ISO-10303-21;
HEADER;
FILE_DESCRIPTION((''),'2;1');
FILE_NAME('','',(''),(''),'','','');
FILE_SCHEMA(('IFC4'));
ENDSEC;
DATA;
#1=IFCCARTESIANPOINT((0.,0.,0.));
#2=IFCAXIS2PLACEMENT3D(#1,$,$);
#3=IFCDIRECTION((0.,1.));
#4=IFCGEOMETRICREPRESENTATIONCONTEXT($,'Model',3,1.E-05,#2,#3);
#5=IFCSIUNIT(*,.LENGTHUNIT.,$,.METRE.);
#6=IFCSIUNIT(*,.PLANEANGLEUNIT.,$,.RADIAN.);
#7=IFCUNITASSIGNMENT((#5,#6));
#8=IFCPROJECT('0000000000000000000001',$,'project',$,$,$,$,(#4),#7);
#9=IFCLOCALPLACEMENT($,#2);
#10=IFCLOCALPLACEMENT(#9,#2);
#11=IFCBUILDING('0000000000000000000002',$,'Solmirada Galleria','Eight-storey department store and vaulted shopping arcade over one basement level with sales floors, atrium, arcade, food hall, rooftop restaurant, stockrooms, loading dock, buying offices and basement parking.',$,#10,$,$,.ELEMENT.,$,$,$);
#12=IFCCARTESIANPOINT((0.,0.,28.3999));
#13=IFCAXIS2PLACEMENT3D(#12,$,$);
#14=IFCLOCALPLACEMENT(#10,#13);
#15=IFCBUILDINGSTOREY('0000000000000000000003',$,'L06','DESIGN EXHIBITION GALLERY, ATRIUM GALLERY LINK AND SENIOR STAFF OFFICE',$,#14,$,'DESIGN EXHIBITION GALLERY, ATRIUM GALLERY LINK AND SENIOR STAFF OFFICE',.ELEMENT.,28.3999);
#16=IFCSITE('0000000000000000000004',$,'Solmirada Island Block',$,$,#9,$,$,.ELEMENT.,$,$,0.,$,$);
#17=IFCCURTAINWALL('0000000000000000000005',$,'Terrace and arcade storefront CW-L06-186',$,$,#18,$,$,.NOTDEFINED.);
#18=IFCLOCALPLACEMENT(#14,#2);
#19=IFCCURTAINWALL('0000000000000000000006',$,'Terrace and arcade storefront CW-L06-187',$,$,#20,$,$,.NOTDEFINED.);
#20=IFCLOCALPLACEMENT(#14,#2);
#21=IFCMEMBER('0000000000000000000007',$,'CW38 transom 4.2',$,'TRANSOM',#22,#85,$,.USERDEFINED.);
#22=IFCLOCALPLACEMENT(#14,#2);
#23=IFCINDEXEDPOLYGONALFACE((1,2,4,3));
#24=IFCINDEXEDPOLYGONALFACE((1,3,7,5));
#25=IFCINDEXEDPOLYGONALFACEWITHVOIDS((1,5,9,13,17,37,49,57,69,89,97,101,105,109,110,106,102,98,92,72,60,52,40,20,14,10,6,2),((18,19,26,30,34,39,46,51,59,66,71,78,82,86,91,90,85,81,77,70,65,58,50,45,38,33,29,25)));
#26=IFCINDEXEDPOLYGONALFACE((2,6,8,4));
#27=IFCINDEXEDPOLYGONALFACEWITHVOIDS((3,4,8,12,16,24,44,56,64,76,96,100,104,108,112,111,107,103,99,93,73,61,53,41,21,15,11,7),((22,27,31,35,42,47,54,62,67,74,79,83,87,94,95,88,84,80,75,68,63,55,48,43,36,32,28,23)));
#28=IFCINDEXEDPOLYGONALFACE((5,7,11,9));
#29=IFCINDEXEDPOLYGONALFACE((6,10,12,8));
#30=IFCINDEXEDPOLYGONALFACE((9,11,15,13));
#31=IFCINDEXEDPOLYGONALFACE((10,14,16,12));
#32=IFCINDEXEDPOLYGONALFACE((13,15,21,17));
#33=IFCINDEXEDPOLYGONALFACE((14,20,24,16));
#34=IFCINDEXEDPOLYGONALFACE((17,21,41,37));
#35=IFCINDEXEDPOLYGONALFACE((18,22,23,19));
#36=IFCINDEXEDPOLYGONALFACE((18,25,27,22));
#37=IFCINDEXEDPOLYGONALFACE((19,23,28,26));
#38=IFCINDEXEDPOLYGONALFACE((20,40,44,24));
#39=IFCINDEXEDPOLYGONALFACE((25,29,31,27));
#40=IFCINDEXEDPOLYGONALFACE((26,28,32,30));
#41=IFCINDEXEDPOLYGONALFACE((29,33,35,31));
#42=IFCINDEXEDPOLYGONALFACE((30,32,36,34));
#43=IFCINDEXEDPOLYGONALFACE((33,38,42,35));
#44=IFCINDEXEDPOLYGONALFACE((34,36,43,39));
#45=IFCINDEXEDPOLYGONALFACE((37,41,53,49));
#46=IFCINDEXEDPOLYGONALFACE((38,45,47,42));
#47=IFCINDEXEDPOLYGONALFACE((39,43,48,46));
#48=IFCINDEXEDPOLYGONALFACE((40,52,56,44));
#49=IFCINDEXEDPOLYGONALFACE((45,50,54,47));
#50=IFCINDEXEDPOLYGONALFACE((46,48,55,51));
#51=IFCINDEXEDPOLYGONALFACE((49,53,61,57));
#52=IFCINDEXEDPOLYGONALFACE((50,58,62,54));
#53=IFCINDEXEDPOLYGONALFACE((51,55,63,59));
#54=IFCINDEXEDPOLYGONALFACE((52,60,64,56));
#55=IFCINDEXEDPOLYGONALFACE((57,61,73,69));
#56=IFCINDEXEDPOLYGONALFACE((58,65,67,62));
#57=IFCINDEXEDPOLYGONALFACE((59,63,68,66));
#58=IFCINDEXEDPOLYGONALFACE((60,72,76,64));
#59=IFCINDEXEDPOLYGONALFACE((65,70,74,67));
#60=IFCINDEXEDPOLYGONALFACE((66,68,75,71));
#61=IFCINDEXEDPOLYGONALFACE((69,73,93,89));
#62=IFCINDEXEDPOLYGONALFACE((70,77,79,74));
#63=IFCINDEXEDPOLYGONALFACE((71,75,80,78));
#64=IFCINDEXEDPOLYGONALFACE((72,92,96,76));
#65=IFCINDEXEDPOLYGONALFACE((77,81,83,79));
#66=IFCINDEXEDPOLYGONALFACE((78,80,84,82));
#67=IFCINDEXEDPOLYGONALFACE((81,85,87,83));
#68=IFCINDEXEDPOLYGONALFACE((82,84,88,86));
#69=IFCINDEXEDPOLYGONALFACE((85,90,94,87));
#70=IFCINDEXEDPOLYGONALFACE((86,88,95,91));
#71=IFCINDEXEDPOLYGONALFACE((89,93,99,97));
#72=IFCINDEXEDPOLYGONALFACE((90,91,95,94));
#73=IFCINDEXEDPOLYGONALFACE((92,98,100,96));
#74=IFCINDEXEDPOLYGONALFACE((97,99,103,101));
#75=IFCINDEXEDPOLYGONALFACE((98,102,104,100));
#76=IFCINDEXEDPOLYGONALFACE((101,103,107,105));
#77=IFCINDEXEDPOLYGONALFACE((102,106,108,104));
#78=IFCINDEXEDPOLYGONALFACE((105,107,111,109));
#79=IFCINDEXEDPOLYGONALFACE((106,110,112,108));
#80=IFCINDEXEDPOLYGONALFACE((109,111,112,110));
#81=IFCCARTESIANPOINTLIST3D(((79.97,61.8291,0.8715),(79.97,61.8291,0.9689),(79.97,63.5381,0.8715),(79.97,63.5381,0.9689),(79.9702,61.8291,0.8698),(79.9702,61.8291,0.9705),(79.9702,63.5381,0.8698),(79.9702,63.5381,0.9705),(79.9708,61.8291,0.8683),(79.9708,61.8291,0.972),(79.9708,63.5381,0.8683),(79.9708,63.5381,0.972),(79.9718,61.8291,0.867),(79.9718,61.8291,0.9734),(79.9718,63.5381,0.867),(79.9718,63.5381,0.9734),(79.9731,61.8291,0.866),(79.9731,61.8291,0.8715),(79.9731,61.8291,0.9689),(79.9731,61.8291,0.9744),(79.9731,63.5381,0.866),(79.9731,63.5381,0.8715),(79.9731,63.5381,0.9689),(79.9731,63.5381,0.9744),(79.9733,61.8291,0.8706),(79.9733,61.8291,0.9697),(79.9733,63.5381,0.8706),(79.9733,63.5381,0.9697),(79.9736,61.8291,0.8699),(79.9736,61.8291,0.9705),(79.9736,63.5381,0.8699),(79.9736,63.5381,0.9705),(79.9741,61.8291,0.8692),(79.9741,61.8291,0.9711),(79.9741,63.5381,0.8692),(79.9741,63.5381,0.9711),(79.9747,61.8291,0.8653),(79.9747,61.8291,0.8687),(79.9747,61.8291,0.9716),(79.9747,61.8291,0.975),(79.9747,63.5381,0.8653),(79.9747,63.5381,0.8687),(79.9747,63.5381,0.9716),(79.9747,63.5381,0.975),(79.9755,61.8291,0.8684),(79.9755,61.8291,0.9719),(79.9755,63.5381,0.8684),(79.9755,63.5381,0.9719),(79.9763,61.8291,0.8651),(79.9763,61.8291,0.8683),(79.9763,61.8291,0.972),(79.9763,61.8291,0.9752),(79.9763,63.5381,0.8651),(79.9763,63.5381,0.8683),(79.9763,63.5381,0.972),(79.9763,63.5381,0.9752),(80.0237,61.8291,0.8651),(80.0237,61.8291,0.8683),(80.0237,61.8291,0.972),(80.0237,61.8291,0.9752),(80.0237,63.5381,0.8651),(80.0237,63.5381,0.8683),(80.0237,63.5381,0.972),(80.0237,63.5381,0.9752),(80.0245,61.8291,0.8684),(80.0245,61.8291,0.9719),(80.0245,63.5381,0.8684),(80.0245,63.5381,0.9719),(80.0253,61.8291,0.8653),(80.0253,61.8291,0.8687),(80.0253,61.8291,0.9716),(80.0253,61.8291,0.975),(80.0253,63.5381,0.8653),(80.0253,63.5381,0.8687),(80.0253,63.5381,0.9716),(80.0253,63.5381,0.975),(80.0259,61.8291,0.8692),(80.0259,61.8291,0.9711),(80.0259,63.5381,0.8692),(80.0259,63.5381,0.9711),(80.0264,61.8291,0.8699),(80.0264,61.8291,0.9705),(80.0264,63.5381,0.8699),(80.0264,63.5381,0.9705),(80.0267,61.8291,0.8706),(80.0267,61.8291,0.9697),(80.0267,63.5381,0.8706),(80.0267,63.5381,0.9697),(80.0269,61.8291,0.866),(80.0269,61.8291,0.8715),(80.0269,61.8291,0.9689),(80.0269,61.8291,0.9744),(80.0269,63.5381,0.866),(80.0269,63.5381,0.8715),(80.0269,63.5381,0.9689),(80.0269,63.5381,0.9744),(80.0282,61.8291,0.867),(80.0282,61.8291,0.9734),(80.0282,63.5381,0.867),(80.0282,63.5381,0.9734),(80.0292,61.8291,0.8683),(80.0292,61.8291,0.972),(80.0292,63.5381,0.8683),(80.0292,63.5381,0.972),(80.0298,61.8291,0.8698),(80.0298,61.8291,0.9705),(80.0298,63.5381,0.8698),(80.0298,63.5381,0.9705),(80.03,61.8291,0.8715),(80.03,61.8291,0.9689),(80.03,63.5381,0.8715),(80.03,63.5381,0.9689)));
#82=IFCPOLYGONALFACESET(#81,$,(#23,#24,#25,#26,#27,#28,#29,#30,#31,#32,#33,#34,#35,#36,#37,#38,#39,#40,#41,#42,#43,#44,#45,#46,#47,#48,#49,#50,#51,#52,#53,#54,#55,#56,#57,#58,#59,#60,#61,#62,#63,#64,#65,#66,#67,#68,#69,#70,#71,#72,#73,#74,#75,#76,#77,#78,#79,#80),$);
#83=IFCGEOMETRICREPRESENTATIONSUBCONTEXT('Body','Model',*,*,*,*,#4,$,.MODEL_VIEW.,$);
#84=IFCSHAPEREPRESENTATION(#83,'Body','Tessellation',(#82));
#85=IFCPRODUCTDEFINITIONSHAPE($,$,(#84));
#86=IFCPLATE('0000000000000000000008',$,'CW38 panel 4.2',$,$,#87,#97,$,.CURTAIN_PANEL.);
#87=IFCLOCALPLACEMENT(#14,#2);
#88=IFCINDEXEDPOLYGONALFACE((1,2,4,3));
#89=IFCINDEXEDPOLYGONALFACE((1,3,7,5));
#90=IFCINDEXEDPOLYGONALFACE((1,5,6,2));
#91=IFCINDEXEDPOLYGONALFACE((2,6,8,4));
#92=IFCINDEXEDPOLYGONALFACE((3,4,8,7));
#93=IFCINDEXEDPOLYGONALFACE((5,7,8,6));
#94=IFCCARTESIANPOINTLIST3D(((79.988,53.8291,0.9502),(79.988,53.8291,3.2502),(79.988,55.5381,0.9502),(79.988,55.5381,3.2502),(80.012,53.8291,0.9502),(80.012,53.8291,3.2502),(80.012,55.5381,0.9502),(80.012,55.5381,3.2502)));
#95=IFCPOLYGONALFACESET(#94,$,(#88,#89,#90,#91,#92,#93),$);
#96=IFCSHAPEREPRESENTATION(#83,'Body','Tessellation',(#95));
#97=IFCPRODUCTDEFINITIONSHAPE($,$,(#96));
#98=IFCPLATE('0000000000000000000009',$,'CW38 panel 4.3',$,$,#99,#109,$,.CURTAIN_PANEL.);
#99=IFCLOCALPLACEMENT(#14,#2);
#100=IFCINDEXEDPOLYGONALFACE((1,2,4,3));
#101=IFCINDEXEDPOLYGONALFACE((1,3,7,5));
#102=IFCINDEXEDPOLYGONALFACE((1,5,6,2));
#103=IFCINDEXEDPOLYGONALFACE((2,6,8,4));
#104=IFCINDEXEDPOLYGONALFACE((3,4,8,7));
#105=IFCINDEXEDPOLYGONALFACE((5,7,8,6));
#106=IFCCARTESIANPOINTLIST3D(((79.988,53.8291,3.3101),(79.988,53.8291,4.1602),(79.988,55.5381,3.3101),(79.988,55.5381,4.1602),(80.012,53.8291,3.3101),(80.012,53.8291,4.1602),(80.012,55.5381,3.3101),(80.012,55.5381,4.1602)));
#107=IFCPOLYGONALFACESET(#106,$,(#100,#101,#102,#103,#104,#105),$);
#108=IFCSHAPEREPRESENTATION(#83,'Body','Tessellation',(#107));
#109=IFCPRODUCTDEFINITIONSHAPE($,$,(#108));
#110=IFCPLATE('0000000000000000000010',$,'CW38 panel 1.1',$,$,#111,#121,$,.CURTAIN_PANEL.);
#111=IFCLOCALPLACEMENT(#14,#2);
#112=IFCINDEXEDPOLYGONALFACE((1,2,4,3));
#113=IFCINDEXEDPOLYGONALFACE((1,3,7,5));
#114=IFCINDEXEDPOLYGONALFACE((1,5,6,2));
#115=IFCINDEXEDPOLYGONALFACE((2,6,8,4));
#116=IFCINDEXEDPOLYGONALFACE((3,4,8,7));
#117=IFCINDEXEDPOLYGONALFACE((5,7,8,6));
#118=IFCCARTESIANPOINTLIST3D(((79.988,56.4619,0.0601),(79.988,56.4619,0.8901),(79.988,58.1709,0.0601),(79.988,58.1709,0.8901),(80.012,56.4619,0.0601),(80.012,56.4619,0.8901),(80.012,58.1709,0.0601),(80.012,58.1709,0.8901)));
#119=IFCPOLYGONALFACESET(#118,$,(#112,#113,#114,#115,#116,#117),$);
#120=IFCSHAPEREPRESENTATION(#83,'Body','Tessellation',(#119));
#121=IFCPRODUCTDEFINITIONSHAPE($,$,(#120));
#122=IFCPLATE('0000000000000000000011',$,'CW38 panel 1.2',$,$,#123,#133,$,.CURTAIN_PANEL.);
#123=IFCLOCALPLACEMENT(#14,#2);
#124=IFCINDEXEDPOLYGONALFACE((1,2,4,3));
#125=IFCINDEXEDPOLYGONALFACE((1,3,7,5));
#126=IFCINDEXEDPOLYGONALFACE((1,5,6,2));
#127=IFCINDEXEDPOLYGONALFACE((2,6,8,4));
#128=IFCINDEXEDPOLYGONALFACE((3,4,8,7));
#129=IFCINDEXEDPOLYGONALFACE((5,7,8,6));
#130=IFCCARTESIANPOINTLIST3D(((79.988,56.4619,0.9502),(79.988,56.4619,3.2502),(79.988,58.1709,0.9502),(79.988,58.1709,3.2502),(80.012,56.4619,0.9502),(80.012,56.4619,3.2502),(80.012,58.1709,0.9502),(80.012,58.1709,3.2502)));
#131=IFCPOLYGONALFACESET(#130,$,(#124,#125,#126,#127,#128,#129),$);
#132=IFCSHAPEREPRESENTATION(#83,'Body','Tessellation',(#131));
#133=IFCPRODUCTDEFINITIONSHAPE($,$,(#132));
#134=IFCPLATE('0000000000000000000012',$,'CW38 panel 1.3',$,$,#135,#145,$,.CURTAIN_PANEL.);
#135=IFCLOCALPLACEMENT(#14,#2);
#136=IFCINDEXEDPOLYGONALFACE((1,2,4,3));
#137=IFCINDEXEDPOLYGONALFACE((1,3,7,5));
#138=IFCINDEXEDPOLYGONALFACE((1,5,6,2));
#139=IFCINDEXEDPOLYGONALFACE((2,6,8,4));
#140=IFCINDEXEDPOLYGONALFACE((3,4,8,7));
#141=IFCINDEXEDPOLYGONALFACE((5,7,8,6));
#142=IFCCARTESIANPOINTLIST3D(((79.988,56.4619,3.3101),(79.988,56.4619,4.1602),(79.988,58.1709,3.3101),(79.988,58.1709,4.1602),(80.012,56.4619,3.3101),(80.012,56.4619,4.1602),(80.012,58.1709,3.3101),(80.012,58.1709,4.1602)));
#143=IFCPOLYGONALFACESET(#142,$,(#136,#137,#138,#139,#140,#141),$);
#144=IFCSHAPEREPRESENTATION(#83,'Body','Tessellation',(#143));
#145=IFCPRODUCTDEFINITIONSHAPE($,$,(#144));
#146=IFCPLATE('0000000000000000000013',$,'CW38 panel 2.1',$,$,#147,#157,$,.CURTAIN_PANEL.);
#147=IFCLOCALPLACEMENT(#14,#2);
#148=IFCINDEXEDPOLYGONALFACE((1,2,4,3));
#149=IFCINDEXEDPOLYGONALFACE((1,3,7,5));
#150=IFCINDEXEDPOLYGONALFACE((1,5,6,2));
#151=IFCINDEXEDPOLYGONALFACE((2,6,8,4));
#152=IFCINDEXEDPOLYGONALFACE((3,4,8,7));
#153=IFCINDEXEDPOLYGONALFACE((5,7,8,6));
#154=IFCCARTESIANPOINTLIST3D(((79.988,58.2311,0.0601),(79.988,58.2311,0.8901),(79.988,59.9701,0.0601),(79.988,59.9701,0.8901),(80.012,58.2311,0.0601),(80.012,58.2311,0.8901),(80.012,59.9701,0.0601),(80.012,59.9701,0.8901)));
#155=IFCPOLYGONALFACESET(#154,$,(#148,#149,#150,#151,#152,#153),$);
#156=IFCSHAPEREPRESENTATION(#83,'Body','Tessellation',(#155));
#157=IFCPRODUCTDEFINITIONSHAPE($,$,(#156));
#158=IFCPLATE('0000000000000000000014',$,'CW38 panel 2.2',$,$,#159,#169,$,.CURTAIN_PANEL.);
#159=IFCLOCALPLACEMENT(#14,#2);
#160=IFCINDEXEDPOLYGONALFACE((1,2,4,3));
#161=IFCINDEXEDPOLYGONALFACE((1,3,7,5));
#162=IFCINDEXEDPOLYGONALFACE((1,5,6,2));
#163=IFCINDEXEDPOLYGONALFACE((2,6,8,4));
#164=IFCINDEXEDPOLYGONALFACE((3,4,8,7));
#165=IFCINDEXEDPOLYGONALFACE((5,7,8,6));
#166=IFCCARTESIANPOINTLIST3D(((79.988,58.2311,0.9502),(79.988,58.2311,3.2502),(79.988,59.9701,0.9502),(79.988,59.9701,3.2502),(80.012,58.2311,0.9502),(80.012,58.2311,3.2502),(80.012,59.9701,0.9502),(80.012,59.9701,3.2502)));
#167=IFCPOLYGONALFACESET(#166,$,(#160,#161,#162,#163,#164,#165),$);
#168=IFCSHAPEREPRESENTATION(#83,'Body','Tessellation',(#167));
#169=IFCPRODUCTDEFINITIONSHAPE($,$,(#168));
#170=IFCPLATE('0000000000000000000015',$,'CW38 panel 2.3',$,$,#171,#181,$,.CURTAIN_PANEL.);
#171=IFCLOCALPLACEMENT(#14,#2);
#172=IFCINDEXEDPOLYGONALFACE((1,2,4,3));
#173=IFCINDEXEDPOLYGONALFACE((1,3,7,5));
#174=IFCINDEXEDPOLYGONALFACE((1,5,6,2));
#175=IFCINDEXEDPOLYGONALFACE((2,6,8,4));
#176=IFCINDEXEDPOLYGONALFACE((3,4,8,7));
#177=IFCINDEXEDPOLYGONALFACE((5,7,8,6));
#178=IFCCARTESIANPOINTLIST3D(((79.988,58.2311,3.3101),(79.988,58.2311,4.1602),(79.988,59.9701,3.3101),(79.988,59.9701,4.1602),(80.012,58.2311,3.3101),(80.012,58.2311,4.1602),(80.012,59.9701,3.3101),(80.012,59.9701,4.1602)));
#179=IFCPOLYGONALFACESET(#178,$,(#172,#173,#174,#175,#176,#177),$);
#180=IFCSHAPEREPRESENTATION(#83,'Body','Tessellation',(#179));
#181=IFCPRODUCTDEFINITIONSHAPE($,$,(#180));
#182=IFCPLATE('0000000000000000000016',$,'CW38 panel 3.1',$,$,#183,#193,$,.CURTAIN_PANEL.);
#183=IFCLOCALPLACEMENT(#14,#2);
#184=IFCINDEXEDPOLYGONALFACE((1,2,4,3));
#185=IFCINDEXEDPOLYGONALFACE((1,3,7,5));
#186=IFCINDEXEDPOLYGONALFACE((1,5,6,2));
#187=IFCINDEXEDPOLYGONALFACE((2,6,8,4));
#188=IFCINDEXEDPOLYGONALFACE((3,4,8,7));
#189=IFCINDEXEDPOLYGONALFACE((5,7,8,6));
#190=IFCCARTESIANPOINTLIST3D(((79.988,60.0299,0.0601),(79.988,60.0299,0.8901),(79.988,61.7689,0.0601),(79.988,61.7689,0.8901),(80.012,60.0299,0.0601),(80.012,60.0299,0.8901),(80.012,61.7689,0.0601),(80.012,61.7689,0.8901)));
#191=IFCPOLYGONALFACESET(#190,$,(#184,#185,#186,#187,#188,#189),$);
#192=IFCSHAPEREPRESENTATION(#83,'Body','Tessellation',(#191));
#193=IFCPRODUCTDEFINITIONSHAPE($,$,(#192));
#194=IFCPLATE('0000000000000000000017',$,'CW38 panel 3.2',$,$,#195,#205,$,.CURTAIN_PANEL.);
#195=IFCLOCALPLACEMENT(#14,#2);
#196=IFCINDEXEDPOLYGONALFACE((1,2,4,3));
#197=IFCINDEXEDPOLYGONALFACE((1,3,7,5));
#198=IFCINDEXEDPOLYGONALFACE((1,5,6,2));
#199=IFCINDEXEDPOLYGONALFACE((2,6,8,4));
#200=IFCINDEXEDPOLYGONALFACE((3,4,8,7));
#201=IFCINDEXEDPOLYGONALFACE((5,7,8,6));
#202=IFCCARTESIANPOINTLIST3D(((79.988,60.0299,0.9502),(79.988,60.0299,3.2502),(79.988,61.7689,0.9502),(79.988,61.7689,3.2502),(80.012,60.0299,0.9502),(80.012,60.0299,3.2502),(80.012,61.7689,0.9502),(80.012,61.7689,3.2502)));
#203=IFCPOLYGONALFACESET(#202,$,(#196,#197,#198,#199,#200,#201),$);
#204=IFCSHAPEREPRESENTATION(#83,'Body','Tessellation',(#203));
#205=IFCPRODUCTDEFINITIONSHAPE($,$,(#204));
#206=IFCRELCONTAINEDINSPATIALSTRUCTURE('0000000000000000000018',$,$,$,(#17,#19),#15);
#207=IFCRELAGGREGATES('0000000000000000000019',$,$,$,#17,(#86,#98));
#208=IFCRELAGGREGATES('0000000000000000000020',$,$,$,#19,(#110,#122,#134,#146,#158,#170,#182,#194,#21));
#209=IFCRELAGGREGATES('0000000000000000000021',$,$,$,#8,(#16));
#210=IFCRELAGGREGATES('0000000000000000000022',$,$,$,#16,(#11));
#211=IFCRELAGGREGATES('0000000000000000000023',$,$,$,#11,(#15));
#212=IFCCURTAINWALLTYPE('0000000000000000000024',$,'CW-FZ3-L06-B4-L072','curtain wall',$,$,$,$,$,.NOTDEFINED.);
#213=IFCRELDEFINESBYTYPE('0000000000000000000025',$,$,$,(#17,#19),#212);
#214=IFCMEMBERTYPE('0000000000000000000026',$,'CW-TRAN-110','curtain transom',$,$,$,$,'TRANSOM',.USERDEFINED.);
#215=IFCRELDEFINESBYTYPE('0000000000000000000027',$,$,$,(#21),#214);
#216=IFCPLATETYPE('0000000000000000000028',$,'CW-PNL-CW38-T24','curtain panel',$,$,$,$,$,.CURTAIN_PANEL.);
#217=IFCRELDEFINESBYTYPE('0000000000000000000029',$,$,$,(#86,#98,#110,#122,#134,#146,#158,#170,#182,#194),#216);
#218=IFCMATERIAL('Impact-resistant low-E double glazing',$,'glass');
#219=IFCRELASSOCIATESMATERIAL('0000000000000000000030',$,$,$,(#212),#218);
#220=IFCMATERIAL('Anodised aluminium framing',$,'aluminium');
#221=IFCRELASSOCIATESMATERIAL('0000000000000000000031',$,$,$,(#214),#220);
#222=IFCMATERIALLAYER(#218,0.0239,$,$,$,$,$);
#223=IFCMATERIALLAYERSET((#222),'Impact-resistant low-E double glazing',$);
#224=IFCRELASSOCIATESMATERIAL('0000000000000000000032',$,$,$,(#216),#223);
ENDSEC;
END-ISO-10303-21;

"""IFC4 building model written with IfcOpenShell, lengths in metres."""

from ifc_helpers import new_model, si_unit, direction, frame, origin, origin_2d, place, context, subcontext, project, spatial, rectangle, hollow_rectangle, extrude, material, layer, layer_set, material_profile, profile_set, type_object, element, aggregate, save


model = new_model("IFC4")

# Units and contexts
model_context = context("Model", 3, precision=1e-05, world=origin(), true_north=direction((0.0, 1.0)))
body_context = subcontext(model_context, "Body", "Model", "MODEL_VIEW")
ifc_project = project(units=[si_unit("LENGTHUNIT", "METRE"), si_unit("PLANEANGLEUNIT", "RADIAN")], contexts=[model_context])

# Site, building, storey
site_placement = place(None, origin())
site = spatial("IfcSite", under=ifc_project, at=site_placement, Name="Solmirada Island Block", CompositionType="ELEMENT", RefElevation=0.0)
building_placement = place(site_placement, origin())
building = spatial("IfcBuilding", under=site, at=building_placement, Name="Solmirada Galleria", Description="Eight-storey department store and vaulted shopping arcade over one basement level with sales floors, atrium, arcade, food hall, rooftop restaurant, stockrooms, loading dock, buying offices and basement parking.", CompositionType="ELEMENT")
storey_placement = place(building_placement, frame((0.0, 0.0, 28.3999)))
storey = spatial("IfcBuildingStorey", under=building, at=storey_placement, Name="L06", Description="DESIGN EXHIBITION GALLERY, ATRIUM GALLERY LINK AND SENIOR STAFF OFFICE", LongName="DESIGN EXHIBITION GALLERY, ATRIUM GALLERY LINK AND SENIOR STAFF OFFICE", CompositionType="ELEMENT", Elevation=28.3999)

# Curtain wall
ifc_material_1 = material(Name="Impact-resistant low-E double glazing", Category="glass")
curtain_wall_type = type_object("IfcCurtainWallType", Name="CW-FZ3-L06-B4-L072", Description="curtain wall", PredefinedType="NOTDEFINED", material=ifc_material_1)
curtain_wall_1_placement = place(storey_placement, origin())
curtain_wall_1 = element("IfcCurtainWall", 1, at=curtain_wall_1_placement, inside=storey, type_object=curtain_wall_type, Name="Terrace and arcade storefront CW-L06-186", PredefinedType="NOTDEFINED")
ifc_material_2 = material(Name="Anodised aluminium framing", Category="aluminium")

# Curtain wall, member
curtain_wall_2_placement = place(storey_placement, origin())
curtain_wall_2 = element("IfcCurtainWall", 2, at=curtain_wall_2_placement, inside=storey, type_object=curtain_wall_type, Name="Terrace and arcade storefront CW-L06-187", PredefinedType="NOTDEFINED")
ifc_material_profile_1 = material_profile(ifc_material_2, hollow_rectangle(XDim=0.0601, YDim=0.1101, WallThickness=0.0032, InnerFilletRadius=0.0032, OuterFilletRadius=0.0063, at=origin_2d()), Name="ALU-TRAN-110X60")
ifc_profile_set_1 = profile_set([ifc_material_profile_1], Name="Anodised aluminium framing")
member_type_1 = type_object("IfcMemberType", Name="CW-TRAN-110", Description="curtain transom", ElementType="TRANSOM", PredefinedType="USERDEFINED", material=ifc_profile_set_1)
member_1_placement = place(storey_placement, frame((80.0, 61.8291, 0.9202), z_axis=(0.0, 1.0, 0.0), x_axis=(-1.0, 0.0, 0.0)))
member_1 = element("IfcMember", 3, at=member_1_placement, type_object=member_type_1, Name="CW38 transom 4.2", ObjectType="TRANSOM", PredefinedType="USERDEFINED", context=body_context, shape_type="SweptSolid", body=[
    extrude(hollow_rectangle(XDim=0.0601, YDim=0.1101, WallThickness=0.0032, InnerFilletRadius=0.0032, OuterFilletRadius=0.0063, at=origin_2d()), origin(), (0.0, 0.0, 1.0), 1.709),
])

# Plates
ifc_layer = layer(ifc_material_1, 0.0239)
ifc_layer_set = layer_set([ifc_layer], Name="Impact-resistant low-E double glazing")
plate_type = type_object("IfcPlateType", Name="CW-PNL-CW38-T24", Description="curtain panel", PredefinedType="CURTAIN_PANEL", material=ifc_layer_set)
plate_1_placement = place(storey_placement, frame((80.0, 54.6836, 0.9502), z_axis=(0.0, 0.0, 1.0), x_axis=(0.0, 1.0, 0.0)))
plate_1 = element("IfcPlate", 4, at=plate_1_placement, type_object=plate_type, Name="CW38 panel 4.2", PredefinedType="CURTAIN_PANEL", context=body_context, shape_type="SweptSolid", body=[
    extrude(rectangle(XDim=1.709, YDim=0.0239, at=origin_2d()), origin(), (0.0, 0.0, 1.0), 2.3),
])
plate_2_placement = place(storey_placement, frame((80.0, 54.6836, 3.3101), z_axis=(0.0, 0.0, 1.0), x_axis=(0.0, 1.0, 0.0)))
plate_2 = element("IfcPlate", 5, at=plate_2_placement, type_object=plate_type, Name="CW38 panel 4.3", PredefinedType="CURTAIN_PANEL", context=body_context, shape_type="SweptSolid", body=[
    extrude(rectangle(XDim=1.709, YDim=0.0239, at=origin_2d()), origin(), (0.0, 0.0, 1.0), 0.8501),
])
aggregate(curtain_wall_1, [plate_1, plate_2])
plate_3_placement = place(storey_placement, frame((80.0, 57.3164, 0.0601), z_axis=(0.0, 0.0, 1.0), x_axis=(0.0, 1.0, 0.0)))
plate_3 = element("IfcPlate", 6, at=plate_3_placement, type_object=plate_type, Name="CW38 panel 1.1", PredefinedType="CURTAIN_PANEL", context=body_context, shape_type="SweptSolid", body=[
    extrude(rectangle(XDim=1.709, YDim=0.0239, at=origin_2d()), origin(), (0.0, 0.0, 1.0), 0.8301),
])
plate_4_placement = place(storey_placement, frame((80.0, 57.3164, 0.9502), z_axis=(0.0, 0.0, 1.0), x_axis=(0.0, 1.0, 0.0)))
plate_4 = element("IfcPlate", 7, at=plate_4_placement, type_object=plate_type, Name="CW38 panel 1.2", PredefinedType="CURTAIN_PANEL", context=body_context, shape_type="SweptSolid", body=[
    extrude(rectangle(XDim=1.709, YDim=0.0239, at=origin_2d()), origin(), (0.0, 0.0, 1.0), 2.3),
])
plate_5_placement = place(storey_placement, frame((80.0, 57.3164, 3.3101), z_axis=(0.0, 0.0, 1.0), x_axis=(0.0, 1.0, 0.0)))
plate_5 = element("IfcPlate", 8, at=plate_5_placement, type_object=plate_type, Name="CW38 panel 1.3", PredefinedType="CURTAIN_PANEL", context=body_context, shape_type="SweptSolid", body=[
    extrude(rectangle(XDim=1.709, YDim=0.0239, at=origin_2d()), origin(), (0.0, 0.0, 1.0), 0.8501),
])
plate_6_placement = place(storey_placement, frame((80.0, 59.1006, 0.0601), z_axis=(0.0, 0.0, 1.0), x_axis=(0.0, 1.0, 0.0)))
plate_6 = element("IfcPlate", 9, at=plate_6_placement, type_object=plate_type, Name="CW38 panel 2.1", PredefinedType="CURTAIN_PANEL", context=body_context, shape_type="SweptSolid", body=[
    extrude(rectangle(XDim=1.739, YDim=0.0239, at=origin_2d()), origin(), (0.0, 0.0, 1.0), 0.8301),
])
plate_7_placement = place(storey_placement, frame((80.0, 59.1006, 0.9502), z_axis=(0.0, 0.0, 1.0), x_axis=(0.0, 1.0, 0.0)))
plate_7 = element("IfcPlate", 10, at=plate_7_placement, type_object=plate_type, Name="CW38 panel 2.2", PredefinedType="CURTAIN_PANEL", context=body_context, shape_type="SweptSolid", body=[
    extrude(rectangle(XDim=1.739, YDim=0.0239, at=origin_2d()), origin(), (0.0, 0.0, 1.0), 2.3),
])
plate_8_placement = place(storey_placement, frame((80.0, 59.1006, 3.3101), z_axis=(0.0, 0.0, 1.0), x_axis=(0.0, 1.0, 0.0)))
plate_8 = element("IfcPlate", 11, at=plate_8_placement, type_object=plate_type, Name="CW38 panel 2.3", PredefinedType="CURTAIN_PANEL", context=body_context, shape_type="SweptSolid", body=[
    extrude(rectangle(XDim=1.739, YDim=0.0239, at=origin_2d()), origin(), (0.0, 0.0, 1.0), 0.8501),
])
plate_9_placement = place(storey_placement, frame((80.0, 60.8994, 0.0601), z_axis=(0.0, 0.0, 1.0), x_axis=(0.0, 1.0, 0.0)))
plate_9 = element("IfcPlate", 12, at=plate_9_placement, type_object=plate_type, Name="CW38 panel 3.1", PredefinedType="CURTAIN_PANEL", context=body_context, shape_type="SweptSolid", body=[
    extrude(rectangle(XDim=1.739, YDim=0.0239, at=origin_2d()), origin(), (0.0, 0.0, 1.0), 0.8301),
])
plate_10_placement = place(storey_placement, frame((80.0, 60.8994, 0.9502), z_axis=(0.0, 0.0, 1.0), x_axis=(0.0, 1.0, 0.0)))
plate_10 = element("IfcPlate", 13, at=plate_10_placement, type_object=plate_type, Name="CW38 panel 3.2", PredefinedType="CURTAIN_PANEL", context=body_context, shape_type="SweptSolid", body=[
    extrude(rectangle(XDim=1.739, YDim=0.0239, at=origin_2d()), origin(), (0.0, 0.0, 1.0), 2.3),
])
aggregate(curtain_wall_2, [plate_3, plate_4, plate_5, plate_6, plate_7, plate_8, plate_9, plate_10, member_1])

save(model, "model.ifc")
